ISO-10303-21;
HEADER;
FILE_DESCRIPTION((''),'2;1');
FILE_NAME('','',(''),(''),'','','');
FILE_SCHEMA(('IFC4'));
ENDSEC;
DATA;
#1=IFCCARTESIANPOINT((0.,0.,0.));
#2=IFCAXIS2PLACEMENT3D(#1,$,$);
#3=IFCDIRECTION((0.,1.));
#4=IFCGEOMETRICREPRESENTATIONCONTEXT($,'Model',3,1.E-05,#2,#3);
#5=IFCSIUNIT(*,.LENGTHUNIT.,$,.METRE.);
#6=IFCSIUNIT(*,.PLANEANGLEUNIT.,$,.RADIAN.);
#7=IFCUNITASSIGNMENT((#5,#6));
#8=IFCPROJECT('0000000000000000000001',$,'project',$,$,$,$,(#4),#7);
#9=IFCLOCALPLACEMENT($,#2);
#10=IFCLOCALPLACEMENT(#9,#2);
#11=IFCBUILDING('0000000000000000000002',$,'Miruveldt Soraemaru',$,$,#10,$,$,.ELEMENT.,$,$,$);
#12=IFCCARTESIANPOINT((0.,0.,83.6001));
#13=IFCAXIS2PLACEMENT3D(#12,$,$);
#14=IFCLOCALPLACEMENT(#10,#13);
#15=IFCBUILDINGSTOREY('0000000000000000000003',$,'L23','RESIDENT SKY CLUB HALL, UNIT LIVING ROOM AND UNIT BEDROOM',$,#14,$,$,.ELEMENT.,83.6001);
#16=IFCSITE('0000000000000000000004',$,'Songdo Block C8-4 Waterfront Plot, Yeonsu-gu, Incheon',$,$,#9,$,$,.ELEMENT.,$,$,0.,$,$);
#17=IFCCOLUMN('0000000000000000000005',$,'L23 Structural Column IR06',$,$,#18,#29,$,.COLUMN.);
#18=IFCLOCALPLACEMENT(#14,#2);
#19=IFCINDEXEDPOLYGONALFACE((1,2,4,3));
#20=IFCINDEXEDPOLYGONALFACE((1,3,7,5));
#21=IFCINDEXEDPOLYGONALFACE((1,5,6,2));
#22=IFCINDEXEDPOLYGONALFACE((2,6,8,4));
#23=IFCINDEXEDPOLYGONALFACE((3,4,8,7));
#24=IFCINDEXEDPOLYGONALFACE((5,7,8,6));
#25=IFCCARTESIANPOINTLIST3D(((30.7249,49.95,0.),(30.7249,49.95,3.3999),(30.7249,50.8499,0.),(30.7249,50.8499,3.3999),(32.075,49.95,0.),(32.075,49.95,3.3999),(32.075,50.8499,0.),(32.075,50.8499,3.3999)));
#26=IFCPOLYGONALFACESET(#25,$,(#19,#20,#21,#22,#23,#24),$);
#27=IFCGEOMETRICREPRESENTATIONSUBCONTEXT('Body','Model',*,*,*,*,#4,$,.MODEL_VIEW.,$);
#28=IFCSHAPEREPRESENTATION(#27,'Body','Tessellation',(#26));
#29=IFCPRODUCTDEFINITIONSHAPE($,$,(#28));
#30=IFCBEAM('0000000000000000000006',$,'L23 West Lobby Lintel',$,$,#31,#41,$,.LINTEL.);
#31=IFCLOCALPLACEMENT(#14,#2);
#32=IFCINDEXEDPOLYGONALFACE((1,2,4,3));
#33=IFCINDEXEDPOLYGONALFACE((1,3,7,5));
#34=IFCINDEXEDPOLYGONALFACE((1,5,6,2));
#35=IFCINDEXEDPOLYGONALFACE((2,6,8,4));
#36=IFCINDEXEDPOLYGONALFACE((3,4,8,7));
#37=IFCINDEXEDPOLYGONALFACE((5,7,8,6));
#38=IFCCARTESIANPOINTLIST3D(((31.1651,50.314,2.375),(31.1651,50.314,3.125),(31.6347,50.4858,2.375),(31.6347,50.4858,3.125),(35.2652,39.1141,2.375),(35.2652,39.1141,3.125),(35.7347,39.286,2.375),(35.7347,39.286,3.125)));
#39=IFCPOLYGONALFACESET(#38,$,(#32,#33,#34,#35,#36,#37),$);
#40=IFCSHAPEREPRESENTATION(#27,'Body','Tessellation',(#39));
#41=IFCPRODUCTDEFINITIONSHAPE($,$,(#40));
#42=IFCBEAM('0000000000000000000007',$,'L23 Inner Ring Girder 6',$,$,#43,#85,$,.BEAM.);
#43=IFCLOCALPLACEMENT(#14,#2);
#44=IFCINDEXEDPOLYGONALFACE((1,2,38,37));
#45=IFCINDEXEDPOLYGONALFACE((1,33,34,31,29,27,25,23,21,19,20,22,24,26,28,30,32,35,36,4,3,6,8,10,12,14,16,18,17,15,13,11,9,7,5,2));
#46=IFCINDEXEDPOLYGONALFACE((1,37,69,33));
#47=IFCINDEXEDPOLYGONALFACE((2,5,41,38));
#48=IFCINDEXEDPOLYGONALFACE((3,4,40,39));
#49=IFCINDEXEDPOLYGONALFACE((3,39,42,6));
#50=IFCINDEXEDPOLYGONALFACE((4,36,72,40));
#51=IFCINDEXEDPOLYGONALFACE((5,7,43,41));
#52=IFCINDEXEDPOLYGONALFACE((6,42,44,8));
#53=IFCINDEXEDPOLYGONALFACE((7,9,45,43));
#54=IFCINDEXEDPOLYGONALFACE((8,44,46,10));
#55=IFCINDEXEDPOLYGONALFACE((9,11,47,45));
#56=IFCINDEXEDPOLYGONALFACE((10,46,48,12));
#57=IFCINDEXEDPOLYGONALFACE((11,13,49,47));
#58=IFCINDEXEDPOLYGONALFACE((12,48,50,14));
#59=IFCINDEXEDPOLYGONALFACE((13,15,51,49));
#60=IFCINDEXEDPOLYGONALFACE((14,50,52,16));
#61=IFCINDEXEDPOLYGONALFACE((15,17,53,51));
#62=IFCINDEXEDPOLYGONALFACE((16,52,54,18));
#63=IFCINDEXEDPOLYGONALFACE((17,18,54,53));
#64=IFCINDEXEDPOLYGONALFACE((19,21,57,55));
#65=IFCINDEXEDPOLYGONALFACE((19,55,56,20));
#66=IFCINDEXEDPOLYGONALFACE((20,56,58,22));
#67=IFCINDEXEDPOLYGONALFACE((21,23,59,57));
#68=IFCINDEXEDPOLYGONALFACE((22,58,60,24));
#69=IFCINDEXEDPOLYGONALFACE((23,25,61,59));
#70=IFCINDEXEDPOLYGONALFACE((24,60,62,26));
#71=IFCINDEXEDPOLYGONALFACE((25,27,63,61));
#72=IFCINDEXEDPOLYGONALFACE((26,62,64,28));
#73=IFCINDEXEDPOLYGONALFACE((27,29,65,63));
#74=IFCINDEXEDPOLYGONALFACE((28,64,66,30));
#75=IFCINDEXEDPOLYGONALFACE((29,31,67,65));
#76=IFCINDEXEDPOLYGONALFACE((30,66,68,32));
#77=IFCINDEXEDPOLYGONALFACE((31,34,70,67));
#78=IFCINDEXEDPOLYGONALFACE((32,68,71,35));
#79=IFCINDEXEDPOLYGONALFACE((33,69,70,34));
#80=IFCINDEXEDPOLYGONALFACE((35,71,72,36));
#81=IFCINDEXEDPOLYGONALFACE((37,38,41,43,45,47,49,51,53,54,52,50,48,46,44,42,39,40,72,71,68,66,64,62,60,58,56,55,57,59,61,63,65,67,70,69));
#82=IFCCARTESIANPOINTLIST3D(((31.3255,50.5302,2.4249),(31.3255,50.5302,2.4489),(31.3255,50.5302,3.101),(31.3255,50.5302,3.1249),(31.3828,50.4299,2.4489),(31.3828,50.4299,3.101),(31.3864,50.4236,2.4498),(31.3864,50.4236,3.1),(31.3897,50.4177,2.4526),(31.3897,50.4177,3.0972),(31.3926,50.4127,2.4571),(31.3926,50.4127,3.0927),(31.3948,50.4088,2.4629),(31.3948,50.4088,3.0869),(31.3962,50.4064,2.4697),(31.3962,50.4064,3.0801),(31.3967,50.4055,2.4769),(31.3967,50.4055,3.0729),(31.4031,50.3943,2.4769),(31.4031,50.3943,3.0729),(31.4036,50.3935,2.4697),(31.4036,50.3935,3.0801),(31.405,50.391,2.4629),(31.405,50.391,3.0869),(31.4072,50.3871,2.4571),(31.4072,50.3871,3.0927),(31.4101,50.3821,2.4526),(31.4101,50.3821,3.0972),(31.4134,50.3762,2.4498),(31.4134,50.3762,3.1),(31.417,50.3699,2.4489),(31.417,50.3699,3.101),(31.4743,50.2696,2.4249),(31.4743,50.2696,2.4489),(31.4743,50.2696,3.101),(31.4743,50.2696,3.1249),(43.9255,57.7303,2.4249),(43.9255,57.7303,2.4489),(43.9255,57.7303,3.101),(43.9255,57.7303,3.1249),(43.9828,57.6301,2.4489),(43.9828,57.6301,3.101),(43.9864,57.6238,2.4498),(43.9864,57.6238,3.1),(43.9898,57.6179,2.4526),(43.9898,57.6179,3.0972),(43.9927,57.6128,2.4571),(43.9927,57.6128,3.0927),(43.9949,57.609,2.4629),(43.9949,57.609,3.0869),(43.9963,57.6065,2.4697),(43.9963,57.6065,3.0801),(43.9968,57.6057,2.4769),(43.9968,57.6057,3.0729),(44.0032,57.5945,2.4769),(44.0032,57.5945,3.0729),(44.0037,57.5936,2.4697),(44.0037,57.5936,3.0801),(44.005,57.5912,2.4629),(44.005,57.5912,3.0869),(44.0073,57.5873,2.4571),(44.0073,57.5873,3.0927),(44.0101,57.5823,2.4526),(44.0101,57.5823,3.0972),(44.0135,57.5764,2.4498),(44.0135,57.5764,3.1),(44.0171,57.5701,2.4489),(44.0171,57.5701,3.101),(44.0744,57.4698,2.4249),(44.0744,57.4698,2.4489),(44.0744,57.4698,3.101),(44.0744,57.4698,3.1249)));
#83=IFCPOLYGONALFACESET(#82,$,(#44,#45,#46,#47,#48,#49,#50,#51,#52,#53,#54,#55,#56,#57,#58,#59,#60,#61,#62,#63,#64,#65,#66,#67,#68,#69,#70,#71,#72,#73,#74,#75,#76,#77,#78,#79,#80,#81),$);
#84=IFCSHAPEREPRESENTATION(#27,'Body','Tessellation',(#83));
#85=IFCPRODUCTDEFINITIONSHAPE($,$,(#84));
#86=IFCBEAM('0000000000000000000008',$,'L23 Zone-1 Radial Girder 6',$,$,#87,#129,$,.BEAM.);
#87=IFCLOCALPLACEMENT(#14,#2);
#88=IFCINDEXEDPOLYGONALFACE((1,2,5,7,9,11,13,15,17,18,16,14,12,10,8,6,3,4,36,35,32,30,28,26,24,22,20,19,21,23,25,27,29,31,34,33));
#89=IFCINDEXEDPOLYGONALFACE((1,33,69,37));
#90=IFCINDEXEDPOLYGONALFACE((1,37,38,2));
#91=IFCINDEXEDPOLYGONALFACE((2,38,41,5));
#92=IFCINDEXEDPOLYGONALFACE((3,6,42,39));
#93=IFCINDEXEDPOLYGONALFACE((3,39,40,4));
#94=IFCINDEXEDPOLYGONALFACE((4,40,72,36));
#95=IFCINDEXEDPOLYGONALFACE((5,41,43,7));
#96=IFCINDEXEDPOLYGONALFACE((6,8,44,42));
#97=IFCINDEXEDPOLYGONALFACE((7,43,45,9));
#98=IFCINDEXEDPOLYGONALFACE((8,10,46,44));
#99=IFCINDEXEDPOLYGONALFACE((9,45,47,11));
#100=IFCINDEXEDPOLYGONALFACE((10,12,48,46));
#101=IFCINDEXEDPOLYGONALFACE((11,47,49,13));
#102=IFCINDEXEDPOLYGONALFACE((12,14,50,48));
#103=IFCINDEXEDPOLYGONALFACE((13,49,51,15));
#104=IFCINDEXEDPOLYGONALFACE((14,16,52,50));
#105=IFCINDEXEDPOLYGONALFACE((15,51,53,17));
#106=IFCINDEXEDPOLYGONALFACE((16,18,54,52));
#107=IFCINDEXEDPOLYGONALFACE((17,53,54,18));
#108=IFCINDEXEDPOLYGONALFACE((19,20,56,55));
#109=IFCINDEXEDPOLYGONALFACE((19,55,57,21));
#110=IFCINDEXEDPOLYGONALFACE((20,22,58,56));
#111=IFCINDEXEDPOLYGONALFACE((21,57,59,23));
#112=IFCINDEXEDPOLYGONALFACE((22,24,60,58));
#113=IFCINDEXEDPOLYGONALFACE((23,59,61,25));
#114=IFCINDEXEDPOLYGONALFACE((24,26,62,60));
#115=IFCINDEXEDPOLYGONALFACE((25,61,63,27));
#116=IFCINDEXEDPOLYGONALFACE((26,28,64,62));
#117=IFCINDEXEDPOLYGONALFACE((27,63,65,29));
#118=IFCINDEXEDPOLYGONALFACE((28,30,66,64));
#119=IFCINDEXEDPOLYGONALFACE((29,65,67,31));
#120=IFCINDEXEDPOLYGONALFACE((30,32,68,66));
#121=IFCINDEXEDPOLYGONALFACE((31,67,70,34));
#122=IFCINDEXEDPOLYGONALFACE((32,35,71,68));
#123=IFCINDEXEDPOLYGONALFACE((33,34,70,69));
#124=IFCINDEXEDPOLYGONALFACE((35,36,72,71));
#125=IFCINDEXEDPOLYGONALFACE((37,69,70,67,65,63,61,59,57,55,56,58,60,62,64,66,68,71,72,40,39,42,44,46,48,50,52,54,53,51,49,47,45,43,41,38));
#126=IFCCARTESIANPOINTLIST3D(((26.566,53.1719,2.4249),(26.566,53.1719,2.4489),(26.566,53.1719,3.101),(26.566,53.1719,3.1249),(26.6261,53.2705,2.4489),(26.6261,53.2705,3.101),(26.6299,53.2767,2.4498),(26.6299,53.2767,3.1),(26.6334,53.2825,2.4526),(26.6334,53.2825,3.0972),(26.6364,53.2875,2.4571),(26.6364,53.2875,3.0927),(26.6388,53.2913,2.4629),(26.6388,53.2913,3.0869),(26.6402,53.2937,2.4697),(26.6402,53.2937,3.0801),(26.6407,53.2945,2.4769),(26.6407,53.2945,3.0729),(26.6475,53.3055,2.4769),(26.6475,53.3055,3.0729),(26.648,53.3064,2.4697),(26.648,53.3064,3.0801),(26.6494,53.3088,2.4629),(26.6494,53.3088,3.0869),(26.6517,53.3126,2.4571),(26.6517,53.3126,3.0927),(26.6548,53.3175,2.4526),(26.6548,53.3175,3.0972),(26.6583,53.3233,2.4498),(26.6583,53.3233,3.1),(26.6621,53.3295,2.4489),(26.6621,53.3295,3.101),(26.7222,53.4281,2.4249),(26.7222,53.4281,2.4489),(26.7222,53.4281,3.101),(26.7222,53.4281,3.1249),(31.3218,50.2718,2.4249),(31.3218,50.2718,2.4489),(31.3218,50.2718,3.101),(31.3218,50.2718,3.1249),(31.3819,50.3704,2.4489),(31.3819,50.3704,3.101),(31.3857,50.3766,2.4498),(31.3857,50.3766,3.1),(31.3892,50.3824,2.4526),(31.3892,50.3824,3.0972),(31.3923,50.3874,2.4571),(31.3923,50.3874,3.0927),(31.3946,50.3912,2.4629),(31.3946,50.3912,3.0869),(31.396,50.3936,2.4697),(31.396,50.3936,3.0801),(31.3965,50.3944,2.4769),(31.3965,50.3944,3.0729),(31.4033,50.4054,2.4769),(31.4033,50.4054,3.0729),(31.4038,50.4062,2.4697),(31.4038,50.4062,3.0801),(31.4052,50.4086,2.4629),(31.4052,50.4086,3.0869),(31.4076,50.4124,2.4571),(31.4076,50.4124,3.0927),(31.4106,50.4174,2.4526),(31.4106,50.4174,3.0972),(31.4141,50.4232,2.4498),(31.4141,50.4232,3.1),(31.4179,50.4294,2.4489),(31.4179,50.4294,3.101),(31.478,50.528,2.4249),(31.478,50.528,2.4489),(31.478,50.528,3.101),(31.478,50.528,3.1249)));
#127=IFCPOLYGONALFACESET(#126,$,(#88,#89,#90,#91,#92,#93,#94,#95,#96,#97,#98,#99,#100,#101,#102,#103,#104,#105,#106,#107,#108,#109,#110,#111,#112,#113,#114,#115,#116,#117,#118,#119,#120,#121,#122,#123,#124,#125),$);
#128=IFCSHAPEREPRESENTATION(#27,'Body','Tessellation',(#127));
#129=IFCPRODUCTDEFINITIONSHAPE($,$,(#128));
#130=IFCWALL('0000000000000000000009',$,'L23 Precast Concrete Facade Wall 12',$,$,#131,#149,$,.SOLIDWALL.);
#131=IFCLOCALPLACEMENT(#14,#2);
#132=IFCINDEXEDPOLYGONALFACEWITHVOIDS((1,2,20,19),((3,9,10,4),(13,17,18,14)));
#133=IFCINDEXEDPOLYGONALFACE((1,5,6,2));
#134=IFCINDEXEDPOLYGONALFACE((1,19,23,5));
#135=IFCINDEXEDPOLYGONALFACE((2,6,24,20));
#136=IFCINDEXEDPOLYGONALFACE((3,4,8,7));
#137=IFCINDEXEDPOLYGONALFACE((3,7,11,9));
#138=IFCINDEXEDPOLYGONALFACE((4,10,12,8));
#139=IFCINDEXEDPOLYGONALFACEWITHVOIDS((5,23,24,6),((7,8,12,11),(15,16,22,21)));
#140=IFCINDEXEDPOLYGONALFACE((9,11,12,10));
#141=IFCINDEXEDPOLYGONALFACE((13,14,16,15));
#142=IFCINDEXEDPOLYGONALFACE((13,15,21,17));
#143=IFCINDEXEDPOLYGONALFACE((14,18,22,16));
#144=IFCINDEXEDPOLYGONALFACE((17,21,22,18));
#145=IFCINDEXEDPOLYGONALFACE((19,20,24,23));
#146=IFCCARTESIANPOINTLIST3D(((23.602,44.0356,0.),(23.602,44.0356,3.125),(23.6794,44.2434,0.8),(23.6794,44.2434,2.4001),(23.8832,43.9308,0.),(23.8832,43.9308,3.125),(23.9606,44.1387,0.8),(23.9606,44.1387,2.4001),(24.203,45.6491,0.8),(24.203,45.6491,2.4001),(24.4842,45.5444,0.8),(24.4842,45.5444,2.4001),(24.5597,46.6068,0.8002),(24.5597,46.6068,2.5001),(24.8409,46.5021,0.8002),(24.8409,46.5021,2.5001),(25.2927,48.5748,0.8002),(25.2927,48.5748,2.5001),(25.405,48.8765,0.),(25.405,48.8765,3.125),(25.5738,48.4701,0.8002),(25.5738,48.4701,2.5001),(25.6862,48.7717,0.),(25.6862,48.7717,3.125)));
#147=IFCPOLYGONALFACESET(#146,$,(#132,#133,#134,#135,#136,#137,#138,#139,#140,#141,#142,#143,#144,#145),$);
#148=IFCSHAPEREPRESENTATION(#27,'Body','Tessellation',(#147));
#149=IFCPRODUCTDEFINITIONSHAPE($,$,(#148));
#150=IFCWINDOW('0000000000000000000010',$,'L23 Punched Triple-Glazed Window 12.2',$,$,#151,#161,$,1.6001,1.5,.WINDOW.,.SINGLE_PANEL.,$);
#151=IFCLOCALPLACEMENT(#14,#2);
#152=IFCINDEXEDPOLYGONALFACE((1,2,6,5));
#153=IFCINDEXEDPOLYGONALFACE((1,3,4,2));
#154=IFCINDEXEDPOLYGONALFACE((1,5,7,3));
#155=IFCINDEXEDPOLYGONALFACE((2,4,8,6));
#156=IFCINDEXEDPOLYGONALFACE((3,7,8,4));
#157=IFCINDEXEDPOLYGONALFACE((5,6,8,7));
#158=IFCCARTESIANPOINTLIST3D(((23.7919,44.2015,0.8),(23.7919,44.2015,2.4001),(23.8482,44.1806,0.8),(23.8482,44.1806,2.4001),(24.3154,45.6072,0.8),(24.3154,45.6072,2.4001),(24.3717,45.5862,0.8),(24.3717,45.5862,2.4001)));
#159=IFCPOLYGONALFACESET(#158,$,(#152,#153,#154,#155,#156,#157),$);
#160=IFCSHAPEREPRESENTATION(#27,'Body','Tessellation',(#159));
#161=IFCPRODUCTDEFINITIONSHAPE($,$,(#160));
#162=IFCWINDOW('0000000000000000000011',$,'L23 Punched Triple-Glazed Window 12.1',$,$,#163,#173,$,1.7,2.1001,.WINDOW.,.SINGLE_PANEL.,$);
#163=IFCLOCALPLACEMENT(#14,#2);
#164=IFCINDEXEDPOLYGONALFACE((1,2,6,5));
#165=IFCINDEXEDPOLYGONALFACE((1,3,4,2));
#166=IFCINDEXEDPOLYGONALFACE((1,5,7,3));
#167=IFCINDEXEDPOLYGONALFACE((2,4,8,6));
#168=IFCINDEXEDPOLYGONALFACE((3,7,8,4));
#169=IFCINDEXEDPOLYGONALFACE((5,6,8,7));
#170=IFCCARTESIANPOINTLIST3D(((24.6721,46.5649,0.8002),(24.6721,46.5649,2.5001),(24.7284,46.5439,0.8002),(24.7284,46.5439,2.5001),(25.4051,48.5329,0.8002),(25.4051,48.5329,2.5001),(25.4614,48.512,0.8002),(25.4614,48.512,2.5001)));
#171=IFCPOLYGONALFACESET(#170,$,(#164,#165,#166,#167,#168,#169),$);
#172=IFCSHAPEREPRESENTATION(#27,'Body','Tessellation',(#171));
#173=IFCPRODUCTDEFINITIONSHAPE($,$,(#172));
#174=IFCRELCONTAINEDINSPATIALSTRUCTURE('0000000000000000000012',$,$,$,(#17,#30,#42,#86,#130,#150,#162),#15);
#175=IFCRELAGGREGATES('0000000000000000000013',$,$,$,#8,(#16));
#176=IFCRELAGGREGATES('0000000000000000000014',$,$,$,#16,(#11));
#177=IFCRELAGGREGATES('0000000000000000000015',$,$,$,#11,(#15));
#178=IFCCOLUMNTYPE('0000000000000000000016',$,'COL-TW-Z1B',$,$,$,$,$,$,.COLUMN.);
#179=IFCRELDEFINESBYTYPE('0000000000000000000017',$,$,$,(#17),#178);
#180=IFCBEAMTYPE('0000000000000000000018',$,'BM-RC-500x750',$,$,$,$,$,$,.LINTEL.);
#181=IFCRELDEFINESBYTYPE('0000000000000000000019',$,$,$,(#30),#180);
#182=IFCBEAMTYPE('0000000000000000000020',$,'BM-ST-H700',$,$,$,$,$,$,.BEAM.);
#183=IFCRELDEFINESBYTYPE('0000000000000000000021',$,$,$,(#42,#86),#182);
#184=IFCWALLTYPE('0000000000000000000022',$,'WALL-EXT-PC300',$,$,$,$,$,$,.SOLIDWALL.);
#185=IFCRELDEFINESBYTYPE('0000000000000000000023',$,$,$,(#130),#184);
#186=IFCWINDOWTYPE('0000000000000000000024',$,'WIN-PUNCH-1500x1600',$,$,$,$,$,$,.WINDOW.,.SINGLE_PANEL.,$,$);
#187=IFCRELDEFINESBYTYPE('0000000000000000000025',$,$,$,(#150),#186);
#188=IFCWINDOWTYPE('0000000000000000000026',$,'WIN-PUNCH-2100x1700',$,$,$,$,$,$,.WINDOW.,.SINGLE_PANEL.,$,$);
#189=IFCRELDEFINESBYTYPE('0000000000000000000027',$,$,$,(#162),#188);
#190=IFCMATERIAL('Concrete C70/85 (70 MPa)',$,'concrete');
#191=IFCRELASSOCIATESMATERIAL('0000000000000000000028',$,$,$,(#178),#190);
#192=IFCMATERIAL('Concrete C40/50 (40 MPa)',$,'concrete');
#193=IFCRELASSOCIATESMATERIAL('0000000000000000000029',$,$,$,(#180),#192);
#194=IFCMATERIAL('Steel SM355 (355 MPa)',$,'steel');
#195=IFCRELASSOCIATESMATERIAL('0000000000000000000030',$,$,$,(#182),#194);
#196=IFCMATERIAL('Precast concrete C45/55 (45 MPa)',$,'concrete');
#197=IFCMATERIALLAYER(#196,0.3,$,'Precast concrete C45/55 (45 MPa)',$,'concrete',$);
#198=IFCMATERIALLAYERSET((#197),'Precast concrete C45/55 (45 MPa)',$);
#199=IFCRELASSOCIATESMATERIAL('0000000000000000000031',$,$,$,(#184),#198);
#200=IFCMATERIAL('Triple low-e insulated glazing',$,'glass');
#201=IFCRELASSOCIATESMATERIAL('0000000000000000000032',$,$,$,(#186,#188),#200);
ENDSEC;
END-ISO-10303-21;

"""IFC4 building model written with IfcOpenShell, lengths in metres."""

from ifc_helpers import new_model, si_unit, direction, frame, frame_2d, origin, origin_2d, place, context, subcontext, project, spatial, rectangle, i_section, extrude, material, layer, layer_set, material_profile, profile_set, type_object, element, fill, save


model = new_model("IFC4")

# Units and contexts
model_context = context("Model", 3, precision=1e-05, world=origin(), true_north=direction((0.0, 1.0)))
body_context = subcontext(model_context, "Body", "Model", "MODEL_VIEW")
ifc_project = project(units=[si_unit("LENGTHUNIT", "METRE"), si_unit("PLANEANGLEUNIT", "RADIAN")], contexts=[model_context])

# Site, building, storey
site_placement = place(None, origin())
site = spatial("IfcSite", under=ifc_project, at=site_placement, Name="Songdo Block C8-4 Waterfront Plot, Yeonsu-gu, Incheon", CompositionType="ELEMENT", RefElevation=0.0)
building_placement = place(site_placement, origin())
building = spatial("IfcBuilding", under=site, at=building_placement, Name="Miruveldt Soraemaru", CompositionType="ELEMENT")
storey_placement = place(building_placement, frame((0.0, 0.0, 83.6001)))
storey = spatial("IfcBuildingStorey", under=building, at=storey_placement, Name="L23", Description="RESIDENT SKY CLUB HALL, UNIT LIVING ROOM AND UNIT BEDROOM", CompositionType="ELEMENT", Elevation=83.6001)

# Column
ifc_material_1 = material(Name="Concrete C70/85 (70 MPa)", Category="concrete")
ifc_material_profile_1 = material_profile(ifc_material_1, rectangle(XDim=1.3501, YDim=0.8999, at=origin_2d()), Name="Concrete C70/85 (70 MPa)", Category="concrete")
ifc_profile_set_1 = profile_set([ifc_material_profile_1], Name="Concrete C70/85 (70 MPa)")
column_type = type_object("IfcColumnType", Name="COL-TW-Z1B", PredefinedType="COLUMN", material=ifc_profile_set_1)
column_placement = place(storey_placement, frame((31.3999, 50.3999, 0.0), z_axis=(0.0, 0.0, 1.0), x_axis=(1.0, 0.0, 0.0)))
element("IfcColumn", 1, at=column_placement, inside=storey, type_object=column_type, Name="L23 Structural Column IR06", PredefinedType="COLUMN", context=body_context, shape_type="SweptSolid", body=[
    extrude(rectangle(XDim=1.3501, YDim=0.8999, at=origin_2d()), origin(), (0.0, 0.0, 1.0), 3.3999),
])

# Beams
ifc_material_2 = material(Name="Concrete C40/50 (40 MPa)", Category="concrete")
ifc_material_profile_2 = material_profile(ifc_material_2, rectangle(XDim=0.5, YDim=0.75, at=origin_2d()), Name="Concrete C40/50 (40 MPa)", Category="concrete")
ifc_profile_set_2 = profile_set([ifc_material_profile_2], Name="Concrete C40/50 (40 MPa)")
beam_type_1 = type_object("IfcBeamType", Name="BM-RC-500x750", PredefinedType="LINTEL", material=ifc_profile_set_2)
beam_1_placement = place(storey_placement, frame((31.3999, 50.3999, 2.75), z_axis=(0.34377, -0.939054, 0.0), x_axis=(0.939054, 0.34377, 0.0)))
element("IfcBeam", 2, at=beam_1_placement, inside=storey, type_object=beam_type_1, Name="L23 West Lobby Lintel", PredefinedType="LINTEL", context=body_context, shape_type="SweptSolid", body=[
    extrude(rectangle(XDim=0.5, YDim=0.75, at=origin_2d()), origin(), (0.0, 0.0, 1.0), 11.9268),
])
ifc_material_3 = material(Name="Steel SM355 (355 MPa)", Category="steel")
ifc_material_profile_3 = material_profile(ifc_material_3, i_section(OverallWidth=0.3, OverallDepth=0.7, WebThickness=0.0129, FlangeThickness=0.0239, FilletRadius=0.0281, at=origin_2d()), Name="Steel SM355 (355 MPa)", Category="steel")
ifc_profile_set_3 = profile_set([ifc_material_profile_3], Name="Steel SM355 (355 MPa)")
beam_type_2 = type_object("IfcBeamType", Name="BM-ST-H700", PredefinedType="BEAM", material=ifc_profile_set_3)
beam_2_placement = place(storey_placement, frame((31.3999, 50.3999, 2.7749), z_axis=(0.868239, 0.496146, 0.0), x_axis=(-0.496146, 0.868239, 0.0)))
element("IfcBeam", 3, at=beam_2_placement, inside=storey, type_object=beam_type_2, Name="L23 Inner Ring Girder 6", PredefinedType="BEAM", context=body_context, shape_type="SweptSolid", body=[
    extrude(i_section(OverallWidth=0.3, OverallDepth=0.7, WebThickness=0.0129, FlangeThickness=0.0239, FilletRadius=0.0281, at=origin_2d()), origin(), (0.0, 0.0, 1.0), 14.5122),
])
beam_3_placement = place(storey_placement, frame((31.3999, 50.3999, 2.7749), z_axis=(-0.853778, 0.520638, 0.0), x_axis=(-0.520638, -0.853778, 0.0)))
element("IfcBeam", 4, at=beam_3_placement, inside=storey, type_object=beam_type_2, Name="L23 Zone-1 Radial Girder 6", PredefinedType="BEAM", context=body_context, shape_type="SweptSolid", body=[
    extrude(i_section(OverallWidth=0.3, OverallDepth=0.7, WebThickness=0.0129, FlangeThickness=0.0239, FilletRadius=0.0281, at=origin_2d()), origin(), (0.0, 0.0, 1.0), 5.5703),
])

# Wall, openings, windows
ifc_material_4 = material(Name="Precast concrete C45/55 (45 MPa)", Category="concrete")
ifc_layer_1 = layer(ifc_material_4, 0.3, Name="Precast concrete C45/55 (45 MPa)", Category="concrete")
ifc_layer_set_1 = layer_set([ifc_layer_1], Name="Precast concrete C45/55 (45 MPa)")
wall_type_1 = type_object("IfcWallType", Name="WALL-EXT-PC300", PredefinedType="SOLIDWALL", material=ifc_layer_set_1)
wall_1_placement = place(storey_placement, frame((25.5457, 48.8242, 0.0), z_axis=(0.0, 0.0, 1.0), x_axis=(-0.34903, -0.937112, 0.0)))
wall_1 = element("IfcWall", 5, at=wall_1_placement, inside=storey, type_object=wall_type_1, Name="L23 Precast Concrete Facade Wall 12", PredefinedType="SOLIDWALL", context=body_context, shape_type="SweptSolid", body=[
    extrude(rectangle(XDim=5.1658, YDim=0.3, at=frame_2d((2.583, 0.0))), origin(), (0.0, 0.0, 1.0), 3.125),
])
opening_1_placement = place(wall_1_placement, frame((0.322, 0.0, 0.8)))
opening_1 = element("IfcOpeningElement", 6, at=opening_1_placement, cuts=wall_1, PredefinedType="OPENING", context=body_context, shape_type="SweptSolid", body=[
    extrude(rectangle(XDim=2.1001, YDim=1.7, at=frame_2d((1.05, 0.8501))), frame((0.0, 0.1602, 0.0), z_axis=(0.0, -1.0, 0.0), x_axis=(1.0, 0.0, 0.0)), (0.0, 0.0, 1.0), 0.3201),
])
opening_2_placement = place(wall_1_placement, frame((3.4441, 0.0, 0.8)))
opening_2 = element("IfcOpeningElement", 7, at=opening_2_placement, cuts=wall_1, PredefinedType="OPENING", context=body_context, shape_type="SweptSolid", body=[
    extrude(rectangle(XDim=1.5, YDim=1.6001, at=frame_2d((0.75, 0.8))), frame((0.0, 0.1602, 0.0), z_axis=(0.0, -1.0, 0.0), x_axis=(1.0, 0.0, 0.0)), (0.0, 0.0, 1.0), 0.3201),
])
ifc_material_5 = material(Name="Triple low-e insulated glazing", Category="glass")
window_type_1 = type_object("IfcWindowType", Name="WIN-PUNCH-1500x1600", PartitioningType="SINGLE_PANEL", PredefinedType="WINDOW", material=ifc_material_5)
window_1_placement = place(opening_2_placement, origin())
window_1 = element("IfcWindow", 8, at=window_1_placement, inside=storey, type_object=window_type_1, Name="L23 Punched Triple-Glazed Window 12.2", OverallHeight=1.6001, OverallWidth=1.5, PartitioningType="SINGLE_PANEL", PredefinedType="WINDOW", context=body_context, shape_type="SweptSolid", body=[
    extrude(rectangle(XDim=1.5, YDim=1.6001, at=frame_2d((0.75, 0.8))), frame((0.0, 0.03, 0.0), z_axis=(0.0, -1.0, 0.0), x_axis=(1.0, 0.0, 0.0)), (0.0, 0.0, 1.0), 0.0601),
])
fill(opening_2, window_1)
window_type_2 = type_object("IfcWindowType", Name="WIN-PUNCH-2100x1700", PartitioningType="SINGLE_PANEL", PredefinedType="WINDOW", material=ifc_material_5)
window_2_placement = place(opening_1_placement, origin())
window_2 = element("IfcWindow", 9, at=window_2_placement, inside=storey, type_object=window_type_2, Name="L23 Punched Triple-Glazed Window 12.1", OverallHeight=1.7, OverallWidth=2.1001, PartitioningType="SINGLE_PANEL", PredefinedType="WINDOW", context=body_context, shape_type="SweptSolid", body=[
    extrude(rectangle(XDim=2.1001, YDim=1.7, at=frame_2d((1.05, 0.8501))), frame((0.0, 0.03, 0.0), z_axis=(0.0, -1.0, 0.0), x_axis=(1.0, 0.0, 0.0)), (0.0, 0.0, 1.0), 0.0601),
])
fill(opening_1, window_2)

save(model, "model.ifc")
